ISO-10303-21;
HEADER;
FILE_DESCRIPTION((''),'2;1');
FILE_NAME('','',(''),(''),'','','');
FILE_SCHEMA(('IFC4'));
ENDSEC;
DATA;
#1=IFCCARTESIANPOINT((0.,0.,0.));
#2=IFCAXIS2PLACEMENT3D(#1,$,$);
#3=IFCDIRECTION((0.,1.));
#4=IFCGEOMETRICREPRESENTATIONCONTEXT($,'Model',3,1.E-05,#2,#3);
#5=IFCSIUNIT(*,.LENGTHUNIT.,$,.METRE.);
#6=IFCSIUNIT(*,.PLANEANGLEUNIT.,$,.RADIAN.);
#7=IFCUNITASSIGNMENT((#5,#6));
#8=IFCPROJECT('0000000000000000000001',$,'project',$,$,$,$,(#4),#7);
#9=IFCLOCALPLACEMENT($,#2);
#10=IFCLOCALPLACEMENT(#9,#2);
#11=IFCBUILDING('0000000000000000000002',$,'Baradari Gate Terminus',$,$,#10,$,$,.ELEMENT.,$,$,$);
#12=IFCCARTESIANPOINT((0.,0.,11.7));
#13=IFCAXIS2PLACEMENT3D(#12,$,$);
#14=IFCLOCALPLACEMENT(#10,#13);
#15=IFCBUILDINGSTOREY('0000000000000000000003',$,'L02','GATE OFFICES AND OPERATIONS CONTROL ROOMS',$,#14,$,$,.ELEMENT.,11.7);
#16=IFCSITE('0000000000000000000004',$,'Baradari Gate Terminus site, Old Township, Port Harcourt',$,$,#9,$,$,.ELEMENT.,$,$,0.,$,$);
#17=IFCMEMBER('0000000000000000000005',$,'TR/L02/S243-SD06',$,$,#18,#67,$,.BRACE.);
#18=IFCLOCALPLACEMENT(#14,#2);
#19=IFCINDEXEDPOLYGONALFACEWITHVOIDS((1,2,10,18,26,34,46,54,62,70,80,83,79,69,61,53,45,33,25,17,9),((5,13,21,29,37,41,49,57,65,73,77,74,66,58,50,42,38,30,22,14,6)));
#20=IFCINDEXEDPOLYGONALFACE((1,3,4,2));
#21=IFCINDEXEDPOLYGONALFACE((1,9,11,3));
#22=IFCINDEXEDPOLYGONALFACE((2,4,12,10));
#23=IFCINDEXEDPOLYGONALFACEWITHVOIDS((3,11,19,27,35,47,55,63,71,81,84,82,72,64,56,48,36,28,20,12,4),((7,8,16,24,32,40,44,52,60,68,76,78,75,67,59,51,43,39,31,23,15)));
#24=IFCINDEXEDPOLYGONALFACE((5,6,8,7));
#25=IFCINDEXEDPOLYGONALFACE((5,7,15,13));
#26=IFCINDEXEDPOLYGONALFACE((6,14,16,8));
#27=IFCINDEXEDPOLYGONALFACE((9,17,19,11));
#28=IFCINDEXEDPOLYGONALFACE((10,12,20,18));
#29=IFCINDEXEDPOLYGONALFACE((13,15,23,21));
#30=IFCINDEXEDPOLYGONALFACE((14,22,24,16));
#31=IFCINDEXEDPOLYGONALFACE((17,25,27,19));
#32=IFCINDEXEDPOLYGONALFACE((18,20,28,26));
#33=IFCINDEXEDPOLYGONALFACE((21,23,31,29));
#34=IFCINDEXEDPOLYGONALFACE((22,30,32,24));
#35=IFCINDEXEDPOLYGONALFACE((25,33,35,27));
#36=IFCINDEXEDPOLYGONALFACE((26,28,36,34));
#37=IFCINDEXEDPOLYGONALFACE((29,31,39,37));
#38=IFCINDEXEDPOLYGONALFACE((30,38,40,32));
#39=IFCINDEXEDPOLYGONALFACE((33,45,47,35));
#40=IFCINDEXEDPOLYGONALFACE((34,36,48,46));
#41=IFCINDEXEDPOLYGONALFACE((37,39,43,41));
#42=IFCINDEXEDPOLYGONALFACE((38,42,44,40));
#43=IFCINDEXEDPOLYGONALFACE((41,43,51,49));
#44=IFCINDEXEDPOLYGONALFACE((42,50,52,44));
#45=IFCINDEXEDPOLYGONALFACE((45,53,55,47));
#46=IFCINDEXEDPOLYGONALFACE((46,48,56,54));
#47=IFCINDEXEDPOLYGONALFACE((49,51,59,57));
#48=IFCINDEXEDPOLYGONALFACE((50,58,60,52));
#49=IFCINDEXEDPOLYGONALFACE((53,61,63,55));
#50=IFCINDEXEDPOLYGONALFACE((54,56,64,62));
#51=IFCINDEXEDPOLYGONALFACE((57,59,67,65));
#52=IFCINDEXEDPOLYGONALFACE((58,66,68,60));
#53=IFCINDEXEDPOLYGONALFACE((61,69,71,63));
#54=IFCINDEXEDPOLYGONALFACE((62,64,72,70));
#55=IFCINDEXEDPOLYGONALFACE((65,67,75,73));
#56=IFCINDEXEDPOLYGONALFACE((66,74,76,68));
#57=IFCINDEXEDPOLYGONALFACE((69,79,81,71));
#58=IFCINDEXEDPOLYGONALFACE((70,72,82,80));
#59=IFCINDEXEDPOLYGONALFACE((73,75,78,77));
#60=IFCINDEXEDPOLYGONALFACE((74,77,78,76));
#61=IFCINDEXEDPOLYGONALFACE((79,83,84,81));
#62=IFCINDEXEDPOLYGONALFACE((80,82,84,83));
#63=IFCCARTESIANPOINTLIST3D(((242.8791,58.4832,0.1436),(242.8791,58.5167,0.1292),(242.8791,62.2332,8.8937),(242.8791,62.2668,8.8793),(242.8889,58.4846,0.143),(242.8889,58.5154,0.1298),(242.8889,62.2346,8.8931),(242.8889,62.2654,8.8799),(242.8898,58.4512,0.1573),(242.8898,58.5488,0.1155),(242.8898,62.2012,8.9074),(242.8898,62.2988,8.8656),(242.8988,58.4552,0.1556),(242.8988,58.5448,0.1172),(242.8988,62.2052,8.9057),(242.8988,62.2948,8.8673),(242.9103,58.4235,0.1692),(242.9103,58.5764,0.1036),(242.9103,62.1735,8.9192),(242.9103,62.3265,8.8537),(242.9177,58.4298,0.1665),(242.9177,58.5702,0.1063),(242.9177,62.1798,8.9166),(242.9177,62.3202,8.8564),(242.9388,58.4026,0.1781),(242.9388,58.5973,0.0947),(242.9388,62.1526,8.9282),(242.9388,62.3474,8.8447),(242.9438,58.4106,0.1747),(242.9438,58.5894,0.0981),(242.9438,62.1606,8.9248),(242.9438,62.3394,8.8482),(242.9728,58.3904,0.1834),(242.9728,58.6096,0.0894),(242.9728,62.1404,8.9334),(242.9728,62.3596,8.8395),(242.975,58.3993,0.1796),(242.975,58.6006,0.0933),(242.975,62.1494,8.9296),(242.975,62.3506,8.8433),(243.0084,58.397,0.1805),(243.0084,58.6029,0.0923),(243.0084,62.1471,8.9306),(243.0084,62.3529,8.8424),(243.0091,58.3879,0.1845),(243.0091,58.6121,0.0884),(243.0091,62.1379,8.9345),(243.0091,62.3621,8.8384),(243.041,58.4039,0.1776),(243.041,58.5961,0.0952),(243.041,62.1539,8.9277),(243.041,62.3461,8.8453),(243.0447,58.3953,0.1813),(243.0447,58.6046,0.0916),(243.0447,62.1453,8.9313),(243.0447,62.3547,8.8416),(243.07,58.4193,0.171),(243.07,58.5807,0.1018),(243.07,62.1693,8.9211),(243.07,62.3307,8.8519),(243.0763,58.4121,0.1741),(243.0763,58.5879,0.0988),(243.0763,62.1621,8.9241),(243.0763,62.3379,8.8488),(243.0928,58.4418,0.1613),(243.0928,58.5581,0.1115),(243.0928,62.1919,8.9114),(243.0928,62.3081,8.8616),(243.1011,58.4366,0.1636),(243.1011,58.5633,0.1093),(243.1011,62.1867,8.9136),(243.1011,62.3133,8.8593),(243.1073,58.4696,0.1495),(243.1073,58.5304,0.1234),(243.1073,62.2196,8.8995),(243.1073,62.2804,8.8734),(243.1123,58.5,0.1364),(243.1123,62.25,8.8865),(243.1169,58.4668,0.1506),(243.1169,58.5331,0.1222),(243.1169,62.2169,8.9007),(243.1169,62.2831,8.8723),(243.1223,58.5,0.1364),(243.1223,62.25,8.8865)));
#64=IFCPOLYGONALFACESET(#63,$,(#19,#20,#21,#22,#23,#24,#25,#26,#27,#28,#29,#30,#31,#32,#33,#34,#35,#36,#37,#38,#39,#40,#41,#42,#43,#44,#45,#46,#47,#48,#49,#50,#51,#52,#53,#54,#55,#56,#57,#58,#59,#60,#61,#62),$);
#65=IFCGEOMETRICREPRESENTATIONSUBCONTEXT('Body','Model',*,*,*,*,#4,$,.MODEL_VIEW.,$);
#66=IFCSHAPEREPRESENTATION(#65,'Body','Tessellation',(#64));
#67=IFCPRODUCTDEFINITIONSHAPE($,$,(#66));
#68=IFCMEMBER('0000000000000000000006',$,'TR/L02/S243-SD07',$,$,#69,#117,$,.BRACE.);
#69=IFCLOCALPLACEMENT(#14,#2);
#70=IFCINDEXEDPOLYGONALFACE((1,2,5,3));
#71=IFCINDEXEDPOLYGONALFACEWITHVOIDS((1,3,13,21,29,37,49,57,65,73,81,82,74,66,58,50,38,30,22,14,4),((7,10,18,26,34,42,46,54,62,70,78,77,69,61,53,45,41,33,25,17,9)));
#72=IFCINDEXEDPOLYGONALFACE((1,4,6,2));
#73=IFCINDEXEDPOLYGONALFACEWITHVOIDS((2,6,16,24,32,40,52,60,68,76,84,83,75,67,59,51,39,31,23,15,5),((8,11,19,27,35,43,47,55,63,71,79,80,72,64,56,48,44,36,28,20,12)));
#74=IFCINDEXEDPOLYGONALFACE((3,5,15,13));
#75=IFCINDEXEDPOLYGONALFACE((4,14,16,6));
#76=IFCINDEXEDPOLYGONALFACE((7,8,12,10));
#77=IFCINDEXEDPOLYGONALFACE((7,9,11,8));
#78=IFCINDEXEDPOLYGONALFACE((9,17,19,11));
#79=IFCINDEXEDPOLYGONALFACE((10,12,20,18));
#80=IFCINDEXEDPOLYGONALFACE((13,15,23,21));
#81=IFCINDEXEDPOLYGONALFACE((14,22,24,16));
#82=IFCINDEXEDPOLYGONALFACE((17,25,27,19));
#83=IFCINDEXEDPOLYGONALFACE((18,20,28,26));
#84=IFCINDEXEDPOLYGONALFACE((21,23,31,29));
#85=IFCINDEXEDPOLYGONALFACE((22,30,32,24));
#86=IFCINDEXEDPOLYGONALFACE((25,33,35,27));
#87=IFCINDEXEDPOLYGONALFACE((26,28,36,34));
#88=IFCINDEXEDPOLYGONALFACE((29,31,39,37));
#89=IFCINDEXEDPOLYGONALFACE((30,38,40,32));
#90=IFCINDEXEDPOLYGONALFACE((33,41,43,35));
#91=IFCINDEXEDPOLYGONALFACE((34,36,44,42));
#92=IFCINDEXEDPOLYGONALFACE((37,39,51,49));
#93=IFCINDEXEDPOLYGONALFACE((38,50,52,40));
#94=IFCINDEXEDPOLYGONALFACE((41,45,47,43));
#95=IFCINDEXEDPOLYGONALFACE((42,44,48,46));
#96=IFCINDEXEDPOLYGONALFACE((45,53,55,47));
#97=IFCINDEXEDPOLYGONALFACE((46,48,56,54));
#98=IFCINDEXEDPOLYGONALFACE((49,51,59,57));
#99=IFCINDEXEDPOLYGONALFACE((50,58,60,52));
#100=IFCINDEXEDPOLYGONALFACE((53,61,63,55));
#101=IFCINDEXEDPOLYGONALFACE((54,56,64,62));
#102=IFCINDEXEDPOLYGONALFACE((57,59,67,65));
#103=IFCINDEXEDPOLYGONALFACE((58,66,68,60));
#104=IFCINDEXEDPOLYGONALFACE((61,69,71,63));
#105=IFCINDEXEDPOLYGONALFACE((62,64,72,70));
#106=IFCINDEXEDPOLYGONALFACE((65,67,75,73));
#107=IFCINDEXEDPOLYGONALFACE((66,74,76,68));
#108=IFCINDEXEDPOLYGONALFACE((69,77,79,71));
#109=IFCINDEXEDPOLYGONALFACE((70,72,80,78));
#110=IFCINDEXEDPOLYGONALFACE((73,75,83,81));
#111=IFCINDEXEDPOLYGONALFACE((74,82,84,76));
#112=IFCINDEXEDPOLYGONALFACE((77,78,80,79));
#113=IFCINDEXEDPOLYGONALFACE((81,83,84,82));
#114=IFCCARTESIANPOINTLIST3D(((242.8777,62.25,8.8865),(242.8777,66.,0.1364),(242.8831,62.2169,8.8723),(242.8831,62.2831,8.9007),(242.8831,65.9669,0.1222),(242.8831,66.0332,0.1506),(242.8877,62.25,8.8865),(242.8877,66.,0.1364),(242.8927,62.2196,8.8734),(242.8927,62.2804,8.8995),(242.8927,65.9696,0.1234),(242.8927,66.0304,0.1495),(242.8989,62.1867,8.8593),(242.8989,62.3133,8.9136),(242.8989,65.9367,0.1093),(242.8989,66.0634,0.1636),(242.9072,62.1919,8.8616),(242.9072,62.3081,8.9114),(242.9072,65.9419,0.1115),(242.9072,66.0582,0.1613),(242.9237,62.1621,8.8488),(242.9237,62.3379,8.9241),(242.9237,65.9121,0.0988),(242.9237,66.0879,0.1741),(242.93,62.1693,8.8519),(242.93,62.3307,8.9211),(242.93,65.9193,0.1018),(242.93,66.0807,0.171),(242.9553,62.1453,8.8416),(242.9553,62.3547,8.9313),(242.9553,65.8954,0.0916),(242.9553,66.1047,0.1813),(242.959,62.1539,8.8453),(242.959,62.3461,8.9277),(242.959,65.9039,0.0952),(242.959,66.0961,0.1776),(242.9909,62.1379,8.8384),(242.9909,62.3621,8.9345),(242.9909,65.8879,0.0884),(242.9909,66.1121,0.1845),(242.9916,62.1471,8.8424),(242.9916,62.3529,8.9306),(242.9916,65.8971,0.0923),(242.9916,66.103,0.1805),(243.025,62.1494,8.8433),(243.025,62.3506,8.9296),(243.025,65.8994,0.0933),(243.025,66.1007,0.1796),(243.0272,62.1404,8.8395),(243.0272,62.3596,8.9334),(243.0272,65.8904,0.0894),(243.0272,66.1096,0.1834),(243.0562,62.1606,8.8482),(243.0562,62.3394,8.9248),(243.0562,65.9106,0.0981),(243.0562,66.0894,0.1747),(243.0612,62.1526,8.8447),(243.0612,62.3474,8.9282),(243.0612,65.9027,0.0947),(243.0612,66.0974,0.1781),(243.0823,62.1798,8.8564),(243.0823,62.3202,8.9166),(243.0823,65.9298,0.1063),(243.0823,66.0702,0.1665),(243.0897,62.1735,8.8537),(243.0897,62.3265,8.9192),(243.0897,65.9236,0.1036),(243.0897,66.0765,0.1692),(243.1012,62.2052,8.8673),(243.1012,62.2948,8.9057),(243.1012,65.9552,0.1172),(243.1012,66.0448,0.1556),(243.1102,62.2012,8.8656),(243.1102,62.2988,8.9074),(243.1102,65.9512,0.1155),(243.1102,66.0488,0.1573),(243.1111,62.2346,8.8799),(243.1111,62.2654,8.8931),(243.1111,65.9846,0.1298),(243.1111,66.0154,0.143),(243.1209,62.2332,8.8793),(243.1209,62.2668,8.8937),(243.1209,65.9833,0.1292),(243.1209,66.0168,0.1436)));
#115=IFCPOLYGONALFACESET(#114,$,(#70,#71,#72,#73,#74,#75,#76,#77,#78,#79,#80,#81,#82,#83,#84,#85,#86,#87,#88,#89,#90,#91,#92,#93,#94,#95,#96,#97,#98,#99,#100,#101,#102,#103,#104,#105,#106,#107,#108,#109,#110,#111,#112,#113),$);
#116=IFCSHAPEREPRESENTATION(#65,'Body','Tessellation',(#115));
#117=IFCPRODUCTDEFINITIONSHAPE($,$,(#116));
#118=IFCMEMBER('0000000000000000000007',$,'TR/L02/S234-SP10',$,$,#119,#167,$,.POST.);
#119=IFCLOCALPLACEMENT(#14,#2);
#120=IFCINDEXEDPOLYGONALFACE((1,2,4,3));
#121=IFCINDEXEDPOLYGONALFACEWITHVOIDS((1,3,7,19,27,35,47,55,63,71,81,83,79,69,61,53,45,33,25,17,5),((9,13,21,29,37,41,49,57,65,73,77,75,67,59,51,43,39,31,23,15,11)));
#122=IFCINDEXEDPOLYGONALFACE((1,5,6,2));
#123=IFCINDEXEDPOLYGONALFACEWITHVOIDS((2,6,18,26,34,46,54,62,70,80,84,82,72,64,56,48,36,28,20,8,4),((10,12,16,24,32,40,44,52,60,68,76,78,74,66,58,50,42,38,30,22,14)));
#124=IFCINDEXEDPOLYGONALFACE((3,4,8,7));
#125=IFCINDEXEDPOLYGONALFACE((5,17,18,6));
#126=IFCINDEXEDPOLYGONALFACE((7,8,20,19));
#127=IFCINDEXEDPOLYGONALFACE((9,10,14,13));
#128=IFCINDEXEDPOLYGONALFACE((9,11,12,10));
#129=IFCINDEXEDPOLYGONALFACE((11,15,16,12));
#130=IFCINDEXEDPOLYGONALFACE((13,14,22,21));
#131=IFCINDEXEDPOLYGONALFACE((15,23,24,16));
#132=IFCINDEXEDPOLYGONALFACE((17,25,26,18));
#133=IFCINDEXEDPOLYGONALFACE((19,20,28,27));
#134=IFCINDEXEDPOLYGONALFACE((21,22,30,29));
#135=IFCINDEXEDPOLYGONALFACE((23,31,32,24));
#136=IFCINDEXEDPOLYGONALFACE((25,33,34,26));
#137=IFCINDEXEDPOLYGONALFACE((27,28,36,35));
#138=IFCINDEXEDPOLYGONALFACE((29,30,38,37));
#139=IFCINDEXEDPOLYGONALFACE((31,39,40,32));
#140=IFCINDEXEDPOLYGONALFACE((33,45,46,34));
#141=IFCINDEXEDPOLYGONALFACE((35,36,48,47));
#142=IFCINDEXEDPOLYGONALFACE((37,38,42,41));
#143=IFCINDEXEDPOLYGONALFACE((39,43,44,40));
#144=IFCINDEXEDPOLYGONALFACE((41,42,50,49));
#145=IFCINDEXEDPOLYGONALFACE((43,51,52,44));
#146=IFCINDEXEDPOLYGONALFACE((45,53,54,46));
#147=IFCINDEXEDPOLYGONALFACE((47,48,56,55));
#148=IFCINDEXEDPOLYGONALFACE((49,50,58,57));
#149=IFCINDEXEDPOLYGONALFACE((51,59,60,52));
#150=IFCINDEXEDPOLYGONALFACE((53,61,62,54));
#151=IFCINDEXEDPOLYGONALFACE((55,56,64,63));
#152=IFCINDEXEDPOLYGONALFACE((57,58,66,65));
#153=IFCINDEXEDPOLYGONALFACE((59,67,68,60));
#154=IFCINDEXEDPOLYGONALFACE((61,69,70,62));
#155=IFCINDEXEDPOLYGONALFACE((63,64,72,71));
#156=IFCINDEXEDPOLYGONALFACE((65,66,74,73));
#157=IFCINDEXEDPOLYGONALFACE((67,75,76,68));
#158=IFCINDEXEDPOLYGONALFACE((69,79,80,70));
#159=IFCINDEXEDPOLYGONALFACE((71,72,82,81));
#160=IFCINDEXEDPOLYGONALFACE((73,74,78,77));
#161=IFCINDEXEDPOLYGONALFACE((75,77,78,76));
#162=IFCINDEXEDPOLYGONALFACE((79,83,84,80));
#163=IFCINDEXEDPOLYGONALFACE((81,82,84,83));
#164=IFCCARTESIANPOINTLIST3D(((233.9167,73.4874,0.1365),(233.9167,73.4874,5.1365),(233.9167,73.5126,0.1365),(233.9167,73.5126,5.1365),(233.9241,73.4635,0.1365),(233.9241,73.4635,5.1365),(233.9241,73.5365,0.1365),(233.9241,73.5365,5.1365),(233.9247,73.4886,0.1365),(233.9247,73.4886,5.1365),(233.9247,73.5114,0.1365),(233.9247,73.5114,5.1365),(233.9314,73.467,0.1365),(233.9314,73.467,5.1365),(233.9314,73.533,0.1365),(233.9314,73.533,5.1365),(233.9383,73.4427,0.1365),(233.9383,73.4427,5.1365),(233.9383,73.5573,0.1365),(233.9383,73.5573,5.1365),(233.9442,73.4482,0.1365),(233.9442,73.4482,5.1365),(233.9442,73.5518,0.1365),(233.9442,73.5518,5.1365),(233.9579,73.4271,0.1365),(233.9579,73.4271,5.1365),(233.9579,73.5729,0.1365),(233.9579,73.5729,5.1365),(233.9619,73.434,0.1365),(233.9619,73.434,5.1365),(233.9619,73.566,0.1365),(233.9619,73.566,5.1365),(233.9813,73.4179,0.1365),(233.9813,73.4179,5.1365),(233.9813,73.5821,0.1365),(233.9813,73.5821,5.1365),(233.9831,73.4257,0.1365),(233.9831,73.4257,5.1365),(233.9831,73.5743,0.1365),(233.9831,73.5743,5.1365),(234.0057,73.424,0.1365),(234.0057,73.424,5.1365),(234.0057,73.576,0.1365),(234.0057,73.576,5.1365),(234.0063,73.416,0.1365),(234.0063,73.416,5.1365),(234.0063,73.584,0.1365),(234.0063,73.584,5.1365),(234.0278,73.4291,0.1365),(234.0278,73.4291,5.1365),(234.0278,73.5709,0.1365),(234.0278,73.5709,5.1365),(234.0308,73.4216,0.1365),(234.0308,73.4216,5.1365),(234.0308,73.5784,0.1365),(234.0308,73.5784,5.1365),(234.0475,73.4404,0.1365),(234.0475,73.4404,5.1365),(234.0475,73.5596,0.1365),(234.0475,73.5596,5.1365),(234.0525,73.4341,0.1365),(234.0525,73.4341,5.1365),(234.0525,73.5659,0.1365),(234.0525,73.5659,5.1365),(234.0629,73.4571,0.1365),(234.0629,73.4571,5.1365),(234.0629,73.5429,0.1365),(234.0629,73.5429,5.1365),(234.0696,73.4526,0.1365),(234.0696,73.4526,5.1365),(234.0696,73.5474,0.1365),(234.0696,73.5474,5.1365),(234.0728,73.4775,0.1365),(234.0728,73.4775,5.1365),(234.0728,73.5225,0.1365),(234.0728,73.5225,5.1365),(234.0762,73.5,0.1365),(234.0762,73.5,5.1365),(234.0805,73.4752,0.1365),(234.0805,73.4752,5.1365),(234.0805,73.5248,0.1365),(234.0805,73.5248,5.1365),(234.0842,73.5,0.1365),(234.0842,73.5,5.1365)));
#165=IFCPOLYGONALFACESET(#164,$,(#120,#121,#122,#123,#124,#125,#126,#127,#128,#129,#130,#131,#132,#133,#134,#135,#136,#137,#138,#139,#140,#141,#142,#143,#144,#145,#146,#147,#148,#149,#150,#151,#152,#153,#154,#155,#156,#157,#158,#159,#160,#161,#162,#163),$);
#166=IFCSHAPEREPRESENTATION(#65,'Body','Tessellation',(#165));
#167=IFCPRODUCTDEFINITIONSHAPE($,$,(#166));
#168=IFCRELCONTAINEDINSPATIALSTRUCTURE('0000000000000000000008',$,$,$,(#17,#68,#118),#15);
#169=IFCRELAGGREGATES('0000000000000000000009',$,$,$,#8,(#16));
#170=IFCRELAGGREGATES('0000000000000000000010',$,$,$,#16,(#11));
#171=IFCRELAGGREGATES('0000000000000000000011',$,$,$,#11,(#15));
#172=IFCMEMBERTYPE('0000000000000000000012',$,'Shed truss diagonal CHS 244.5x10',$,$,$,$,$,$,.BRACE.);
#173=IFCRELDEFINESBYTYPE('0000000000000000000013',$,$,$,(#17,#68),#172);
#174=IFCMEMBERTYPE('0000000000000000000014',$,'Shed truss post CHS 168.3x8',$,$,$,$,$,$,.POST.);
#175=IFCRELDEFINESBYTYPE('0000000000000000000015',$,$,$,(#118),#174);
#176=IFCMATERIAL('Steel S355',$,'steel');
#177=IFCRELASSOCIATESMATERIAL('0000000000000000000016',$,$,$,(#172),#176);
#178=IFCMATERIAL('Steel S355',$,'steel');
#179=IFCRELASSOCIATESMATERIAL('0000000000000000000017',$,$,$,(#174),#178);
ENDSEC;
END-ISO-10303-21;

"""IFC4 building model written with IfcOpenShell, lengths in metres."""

from ifc_helpers import new_model, si_unit, direction, frame, origin, origin_2d, place, context, subcontext, project, spatial, hollow_circle, extrude, material, material_profile, profile_set, type_object, element, save


model = new_model("IFC4")

# Units and contexts
model_context = context("Model", 3, precision=1e-05, world=origin(), true_north=direction((0.0, 1.0)))
body_context = subcontext(model_context, "Body", "Model", "MODEL_VIEW")
ifc_project = project(units=[si_unit("LENGTHUNIT", "METRE"), si_unit("PLANEANGLEUNIT", "RADIAN")], contexts=[model_context])

# Site, building, storey
site_placement = place(None, origin())
site = spatial("IfcSite", under=ifc_project, at=site_placement, Name="Baradari Gate Terminus site, Old Township, Port Harcourt", CompositionType="ELEMENT", RefElevation=0.0)
building_placement = place(site_placement, origin())
building = spatial("IfcBuilding", under=site, at=building_placement, Name="Baradari Gate Terminus", CompositionType="ELEMENT")
storey_placement = place(building_placement, frame((0.0, 0.0, 11.7)))
storey = spatial("IfcBuildingStorey", under=building, at=storey_placement, Name="L02", Description="GATE OFFICES AND OPERATIONS CONTROL ROOMS", CompositionType="ELEMENT", Elevation=11.7)

# Members
ifc_material_1 = material(Name="Steel S355", Category="steel")
ifc_material_profile_1 = material_profile(ifc_material_1, hollow_circle(Radius=0.1223, WallThickness=0.01, at=origin_2d()), Name="CHS 244.5x10")
ifc_profile_set_1 = profile_set([ifc_material_profile_1], Name="Steel S355")
member_type_1 = type_object("IfcMemberType", Name="Shed truss diagonal CHS 244.5x10", PredefinedType="BRACE", material=ifc_profile_set_1)
for number, where, z_axis, x_axis, name in (
    (1, (243.0, 62.25, 8.8865), (0.0, -0.393919, -0.919145), (1.0, 0.0, 0.0), "TR/L02/S243-SD06"),
    (2, (243.0, 62.25, 8.8865), (0.0, 0.393919, -0.919145), (-1.0, 0.0, 0.0), "TR/L02/S243-SD07"),
):
    element("IfcMember", number, at=place(storey_placement, frame(where, z_axis=z_axis, x_axis=x_axis)), inside=storey, type_object=member_type_1, Name=name, PredefinedType="BRACE", context=body_context, shape_type="SweptSolid", body=[
        extrude(hollow_circle(Radius=0.1223, WallThickness=0.01, at=origin_2d()), origin(), (0.0, 0.0, 1.0), 9.5198),
    ])
ifc_material_2 = material(Name="Steel S355", Category="steel")
ifc_material_profile_2 = material_profile(ifc_material_2, hollow_circle(Radius=0.0842, WallThickness=0.0081, at=origin_2d()), Name="CHS 168.3x8")
ifc_profile_set_2 = profile_set([ifc_material_profile_2], Name="Steel S355")
member_type_2 = type_object("IfcMemberType", Name="Shed truss post CHS 168.3x8", PredefinedType="POST", material=ifc_profile_set_2)
member_1_placement = place(storey_placement, frame((234.0, 73.5, 0.1365), z_axis=(0.0, 0.0, 1.0), x_axis=(1.0, 0.0, 0.0)))
element("IfcMember", 3, at=member_1_placement, inside=storey, type_object=member_type_2, Name="TR/L02/S234-SP10", PredefinedType="POST", context=body_context, shape_type="SweptSolid", body=[
    extrude(hollow_circle(Radius=0.0842, WallThickness=0.0081, at=origin_2d()), origin(), (0.0, 0.0, 1.0), 5.0),
])

save(model, "model.ifc")
